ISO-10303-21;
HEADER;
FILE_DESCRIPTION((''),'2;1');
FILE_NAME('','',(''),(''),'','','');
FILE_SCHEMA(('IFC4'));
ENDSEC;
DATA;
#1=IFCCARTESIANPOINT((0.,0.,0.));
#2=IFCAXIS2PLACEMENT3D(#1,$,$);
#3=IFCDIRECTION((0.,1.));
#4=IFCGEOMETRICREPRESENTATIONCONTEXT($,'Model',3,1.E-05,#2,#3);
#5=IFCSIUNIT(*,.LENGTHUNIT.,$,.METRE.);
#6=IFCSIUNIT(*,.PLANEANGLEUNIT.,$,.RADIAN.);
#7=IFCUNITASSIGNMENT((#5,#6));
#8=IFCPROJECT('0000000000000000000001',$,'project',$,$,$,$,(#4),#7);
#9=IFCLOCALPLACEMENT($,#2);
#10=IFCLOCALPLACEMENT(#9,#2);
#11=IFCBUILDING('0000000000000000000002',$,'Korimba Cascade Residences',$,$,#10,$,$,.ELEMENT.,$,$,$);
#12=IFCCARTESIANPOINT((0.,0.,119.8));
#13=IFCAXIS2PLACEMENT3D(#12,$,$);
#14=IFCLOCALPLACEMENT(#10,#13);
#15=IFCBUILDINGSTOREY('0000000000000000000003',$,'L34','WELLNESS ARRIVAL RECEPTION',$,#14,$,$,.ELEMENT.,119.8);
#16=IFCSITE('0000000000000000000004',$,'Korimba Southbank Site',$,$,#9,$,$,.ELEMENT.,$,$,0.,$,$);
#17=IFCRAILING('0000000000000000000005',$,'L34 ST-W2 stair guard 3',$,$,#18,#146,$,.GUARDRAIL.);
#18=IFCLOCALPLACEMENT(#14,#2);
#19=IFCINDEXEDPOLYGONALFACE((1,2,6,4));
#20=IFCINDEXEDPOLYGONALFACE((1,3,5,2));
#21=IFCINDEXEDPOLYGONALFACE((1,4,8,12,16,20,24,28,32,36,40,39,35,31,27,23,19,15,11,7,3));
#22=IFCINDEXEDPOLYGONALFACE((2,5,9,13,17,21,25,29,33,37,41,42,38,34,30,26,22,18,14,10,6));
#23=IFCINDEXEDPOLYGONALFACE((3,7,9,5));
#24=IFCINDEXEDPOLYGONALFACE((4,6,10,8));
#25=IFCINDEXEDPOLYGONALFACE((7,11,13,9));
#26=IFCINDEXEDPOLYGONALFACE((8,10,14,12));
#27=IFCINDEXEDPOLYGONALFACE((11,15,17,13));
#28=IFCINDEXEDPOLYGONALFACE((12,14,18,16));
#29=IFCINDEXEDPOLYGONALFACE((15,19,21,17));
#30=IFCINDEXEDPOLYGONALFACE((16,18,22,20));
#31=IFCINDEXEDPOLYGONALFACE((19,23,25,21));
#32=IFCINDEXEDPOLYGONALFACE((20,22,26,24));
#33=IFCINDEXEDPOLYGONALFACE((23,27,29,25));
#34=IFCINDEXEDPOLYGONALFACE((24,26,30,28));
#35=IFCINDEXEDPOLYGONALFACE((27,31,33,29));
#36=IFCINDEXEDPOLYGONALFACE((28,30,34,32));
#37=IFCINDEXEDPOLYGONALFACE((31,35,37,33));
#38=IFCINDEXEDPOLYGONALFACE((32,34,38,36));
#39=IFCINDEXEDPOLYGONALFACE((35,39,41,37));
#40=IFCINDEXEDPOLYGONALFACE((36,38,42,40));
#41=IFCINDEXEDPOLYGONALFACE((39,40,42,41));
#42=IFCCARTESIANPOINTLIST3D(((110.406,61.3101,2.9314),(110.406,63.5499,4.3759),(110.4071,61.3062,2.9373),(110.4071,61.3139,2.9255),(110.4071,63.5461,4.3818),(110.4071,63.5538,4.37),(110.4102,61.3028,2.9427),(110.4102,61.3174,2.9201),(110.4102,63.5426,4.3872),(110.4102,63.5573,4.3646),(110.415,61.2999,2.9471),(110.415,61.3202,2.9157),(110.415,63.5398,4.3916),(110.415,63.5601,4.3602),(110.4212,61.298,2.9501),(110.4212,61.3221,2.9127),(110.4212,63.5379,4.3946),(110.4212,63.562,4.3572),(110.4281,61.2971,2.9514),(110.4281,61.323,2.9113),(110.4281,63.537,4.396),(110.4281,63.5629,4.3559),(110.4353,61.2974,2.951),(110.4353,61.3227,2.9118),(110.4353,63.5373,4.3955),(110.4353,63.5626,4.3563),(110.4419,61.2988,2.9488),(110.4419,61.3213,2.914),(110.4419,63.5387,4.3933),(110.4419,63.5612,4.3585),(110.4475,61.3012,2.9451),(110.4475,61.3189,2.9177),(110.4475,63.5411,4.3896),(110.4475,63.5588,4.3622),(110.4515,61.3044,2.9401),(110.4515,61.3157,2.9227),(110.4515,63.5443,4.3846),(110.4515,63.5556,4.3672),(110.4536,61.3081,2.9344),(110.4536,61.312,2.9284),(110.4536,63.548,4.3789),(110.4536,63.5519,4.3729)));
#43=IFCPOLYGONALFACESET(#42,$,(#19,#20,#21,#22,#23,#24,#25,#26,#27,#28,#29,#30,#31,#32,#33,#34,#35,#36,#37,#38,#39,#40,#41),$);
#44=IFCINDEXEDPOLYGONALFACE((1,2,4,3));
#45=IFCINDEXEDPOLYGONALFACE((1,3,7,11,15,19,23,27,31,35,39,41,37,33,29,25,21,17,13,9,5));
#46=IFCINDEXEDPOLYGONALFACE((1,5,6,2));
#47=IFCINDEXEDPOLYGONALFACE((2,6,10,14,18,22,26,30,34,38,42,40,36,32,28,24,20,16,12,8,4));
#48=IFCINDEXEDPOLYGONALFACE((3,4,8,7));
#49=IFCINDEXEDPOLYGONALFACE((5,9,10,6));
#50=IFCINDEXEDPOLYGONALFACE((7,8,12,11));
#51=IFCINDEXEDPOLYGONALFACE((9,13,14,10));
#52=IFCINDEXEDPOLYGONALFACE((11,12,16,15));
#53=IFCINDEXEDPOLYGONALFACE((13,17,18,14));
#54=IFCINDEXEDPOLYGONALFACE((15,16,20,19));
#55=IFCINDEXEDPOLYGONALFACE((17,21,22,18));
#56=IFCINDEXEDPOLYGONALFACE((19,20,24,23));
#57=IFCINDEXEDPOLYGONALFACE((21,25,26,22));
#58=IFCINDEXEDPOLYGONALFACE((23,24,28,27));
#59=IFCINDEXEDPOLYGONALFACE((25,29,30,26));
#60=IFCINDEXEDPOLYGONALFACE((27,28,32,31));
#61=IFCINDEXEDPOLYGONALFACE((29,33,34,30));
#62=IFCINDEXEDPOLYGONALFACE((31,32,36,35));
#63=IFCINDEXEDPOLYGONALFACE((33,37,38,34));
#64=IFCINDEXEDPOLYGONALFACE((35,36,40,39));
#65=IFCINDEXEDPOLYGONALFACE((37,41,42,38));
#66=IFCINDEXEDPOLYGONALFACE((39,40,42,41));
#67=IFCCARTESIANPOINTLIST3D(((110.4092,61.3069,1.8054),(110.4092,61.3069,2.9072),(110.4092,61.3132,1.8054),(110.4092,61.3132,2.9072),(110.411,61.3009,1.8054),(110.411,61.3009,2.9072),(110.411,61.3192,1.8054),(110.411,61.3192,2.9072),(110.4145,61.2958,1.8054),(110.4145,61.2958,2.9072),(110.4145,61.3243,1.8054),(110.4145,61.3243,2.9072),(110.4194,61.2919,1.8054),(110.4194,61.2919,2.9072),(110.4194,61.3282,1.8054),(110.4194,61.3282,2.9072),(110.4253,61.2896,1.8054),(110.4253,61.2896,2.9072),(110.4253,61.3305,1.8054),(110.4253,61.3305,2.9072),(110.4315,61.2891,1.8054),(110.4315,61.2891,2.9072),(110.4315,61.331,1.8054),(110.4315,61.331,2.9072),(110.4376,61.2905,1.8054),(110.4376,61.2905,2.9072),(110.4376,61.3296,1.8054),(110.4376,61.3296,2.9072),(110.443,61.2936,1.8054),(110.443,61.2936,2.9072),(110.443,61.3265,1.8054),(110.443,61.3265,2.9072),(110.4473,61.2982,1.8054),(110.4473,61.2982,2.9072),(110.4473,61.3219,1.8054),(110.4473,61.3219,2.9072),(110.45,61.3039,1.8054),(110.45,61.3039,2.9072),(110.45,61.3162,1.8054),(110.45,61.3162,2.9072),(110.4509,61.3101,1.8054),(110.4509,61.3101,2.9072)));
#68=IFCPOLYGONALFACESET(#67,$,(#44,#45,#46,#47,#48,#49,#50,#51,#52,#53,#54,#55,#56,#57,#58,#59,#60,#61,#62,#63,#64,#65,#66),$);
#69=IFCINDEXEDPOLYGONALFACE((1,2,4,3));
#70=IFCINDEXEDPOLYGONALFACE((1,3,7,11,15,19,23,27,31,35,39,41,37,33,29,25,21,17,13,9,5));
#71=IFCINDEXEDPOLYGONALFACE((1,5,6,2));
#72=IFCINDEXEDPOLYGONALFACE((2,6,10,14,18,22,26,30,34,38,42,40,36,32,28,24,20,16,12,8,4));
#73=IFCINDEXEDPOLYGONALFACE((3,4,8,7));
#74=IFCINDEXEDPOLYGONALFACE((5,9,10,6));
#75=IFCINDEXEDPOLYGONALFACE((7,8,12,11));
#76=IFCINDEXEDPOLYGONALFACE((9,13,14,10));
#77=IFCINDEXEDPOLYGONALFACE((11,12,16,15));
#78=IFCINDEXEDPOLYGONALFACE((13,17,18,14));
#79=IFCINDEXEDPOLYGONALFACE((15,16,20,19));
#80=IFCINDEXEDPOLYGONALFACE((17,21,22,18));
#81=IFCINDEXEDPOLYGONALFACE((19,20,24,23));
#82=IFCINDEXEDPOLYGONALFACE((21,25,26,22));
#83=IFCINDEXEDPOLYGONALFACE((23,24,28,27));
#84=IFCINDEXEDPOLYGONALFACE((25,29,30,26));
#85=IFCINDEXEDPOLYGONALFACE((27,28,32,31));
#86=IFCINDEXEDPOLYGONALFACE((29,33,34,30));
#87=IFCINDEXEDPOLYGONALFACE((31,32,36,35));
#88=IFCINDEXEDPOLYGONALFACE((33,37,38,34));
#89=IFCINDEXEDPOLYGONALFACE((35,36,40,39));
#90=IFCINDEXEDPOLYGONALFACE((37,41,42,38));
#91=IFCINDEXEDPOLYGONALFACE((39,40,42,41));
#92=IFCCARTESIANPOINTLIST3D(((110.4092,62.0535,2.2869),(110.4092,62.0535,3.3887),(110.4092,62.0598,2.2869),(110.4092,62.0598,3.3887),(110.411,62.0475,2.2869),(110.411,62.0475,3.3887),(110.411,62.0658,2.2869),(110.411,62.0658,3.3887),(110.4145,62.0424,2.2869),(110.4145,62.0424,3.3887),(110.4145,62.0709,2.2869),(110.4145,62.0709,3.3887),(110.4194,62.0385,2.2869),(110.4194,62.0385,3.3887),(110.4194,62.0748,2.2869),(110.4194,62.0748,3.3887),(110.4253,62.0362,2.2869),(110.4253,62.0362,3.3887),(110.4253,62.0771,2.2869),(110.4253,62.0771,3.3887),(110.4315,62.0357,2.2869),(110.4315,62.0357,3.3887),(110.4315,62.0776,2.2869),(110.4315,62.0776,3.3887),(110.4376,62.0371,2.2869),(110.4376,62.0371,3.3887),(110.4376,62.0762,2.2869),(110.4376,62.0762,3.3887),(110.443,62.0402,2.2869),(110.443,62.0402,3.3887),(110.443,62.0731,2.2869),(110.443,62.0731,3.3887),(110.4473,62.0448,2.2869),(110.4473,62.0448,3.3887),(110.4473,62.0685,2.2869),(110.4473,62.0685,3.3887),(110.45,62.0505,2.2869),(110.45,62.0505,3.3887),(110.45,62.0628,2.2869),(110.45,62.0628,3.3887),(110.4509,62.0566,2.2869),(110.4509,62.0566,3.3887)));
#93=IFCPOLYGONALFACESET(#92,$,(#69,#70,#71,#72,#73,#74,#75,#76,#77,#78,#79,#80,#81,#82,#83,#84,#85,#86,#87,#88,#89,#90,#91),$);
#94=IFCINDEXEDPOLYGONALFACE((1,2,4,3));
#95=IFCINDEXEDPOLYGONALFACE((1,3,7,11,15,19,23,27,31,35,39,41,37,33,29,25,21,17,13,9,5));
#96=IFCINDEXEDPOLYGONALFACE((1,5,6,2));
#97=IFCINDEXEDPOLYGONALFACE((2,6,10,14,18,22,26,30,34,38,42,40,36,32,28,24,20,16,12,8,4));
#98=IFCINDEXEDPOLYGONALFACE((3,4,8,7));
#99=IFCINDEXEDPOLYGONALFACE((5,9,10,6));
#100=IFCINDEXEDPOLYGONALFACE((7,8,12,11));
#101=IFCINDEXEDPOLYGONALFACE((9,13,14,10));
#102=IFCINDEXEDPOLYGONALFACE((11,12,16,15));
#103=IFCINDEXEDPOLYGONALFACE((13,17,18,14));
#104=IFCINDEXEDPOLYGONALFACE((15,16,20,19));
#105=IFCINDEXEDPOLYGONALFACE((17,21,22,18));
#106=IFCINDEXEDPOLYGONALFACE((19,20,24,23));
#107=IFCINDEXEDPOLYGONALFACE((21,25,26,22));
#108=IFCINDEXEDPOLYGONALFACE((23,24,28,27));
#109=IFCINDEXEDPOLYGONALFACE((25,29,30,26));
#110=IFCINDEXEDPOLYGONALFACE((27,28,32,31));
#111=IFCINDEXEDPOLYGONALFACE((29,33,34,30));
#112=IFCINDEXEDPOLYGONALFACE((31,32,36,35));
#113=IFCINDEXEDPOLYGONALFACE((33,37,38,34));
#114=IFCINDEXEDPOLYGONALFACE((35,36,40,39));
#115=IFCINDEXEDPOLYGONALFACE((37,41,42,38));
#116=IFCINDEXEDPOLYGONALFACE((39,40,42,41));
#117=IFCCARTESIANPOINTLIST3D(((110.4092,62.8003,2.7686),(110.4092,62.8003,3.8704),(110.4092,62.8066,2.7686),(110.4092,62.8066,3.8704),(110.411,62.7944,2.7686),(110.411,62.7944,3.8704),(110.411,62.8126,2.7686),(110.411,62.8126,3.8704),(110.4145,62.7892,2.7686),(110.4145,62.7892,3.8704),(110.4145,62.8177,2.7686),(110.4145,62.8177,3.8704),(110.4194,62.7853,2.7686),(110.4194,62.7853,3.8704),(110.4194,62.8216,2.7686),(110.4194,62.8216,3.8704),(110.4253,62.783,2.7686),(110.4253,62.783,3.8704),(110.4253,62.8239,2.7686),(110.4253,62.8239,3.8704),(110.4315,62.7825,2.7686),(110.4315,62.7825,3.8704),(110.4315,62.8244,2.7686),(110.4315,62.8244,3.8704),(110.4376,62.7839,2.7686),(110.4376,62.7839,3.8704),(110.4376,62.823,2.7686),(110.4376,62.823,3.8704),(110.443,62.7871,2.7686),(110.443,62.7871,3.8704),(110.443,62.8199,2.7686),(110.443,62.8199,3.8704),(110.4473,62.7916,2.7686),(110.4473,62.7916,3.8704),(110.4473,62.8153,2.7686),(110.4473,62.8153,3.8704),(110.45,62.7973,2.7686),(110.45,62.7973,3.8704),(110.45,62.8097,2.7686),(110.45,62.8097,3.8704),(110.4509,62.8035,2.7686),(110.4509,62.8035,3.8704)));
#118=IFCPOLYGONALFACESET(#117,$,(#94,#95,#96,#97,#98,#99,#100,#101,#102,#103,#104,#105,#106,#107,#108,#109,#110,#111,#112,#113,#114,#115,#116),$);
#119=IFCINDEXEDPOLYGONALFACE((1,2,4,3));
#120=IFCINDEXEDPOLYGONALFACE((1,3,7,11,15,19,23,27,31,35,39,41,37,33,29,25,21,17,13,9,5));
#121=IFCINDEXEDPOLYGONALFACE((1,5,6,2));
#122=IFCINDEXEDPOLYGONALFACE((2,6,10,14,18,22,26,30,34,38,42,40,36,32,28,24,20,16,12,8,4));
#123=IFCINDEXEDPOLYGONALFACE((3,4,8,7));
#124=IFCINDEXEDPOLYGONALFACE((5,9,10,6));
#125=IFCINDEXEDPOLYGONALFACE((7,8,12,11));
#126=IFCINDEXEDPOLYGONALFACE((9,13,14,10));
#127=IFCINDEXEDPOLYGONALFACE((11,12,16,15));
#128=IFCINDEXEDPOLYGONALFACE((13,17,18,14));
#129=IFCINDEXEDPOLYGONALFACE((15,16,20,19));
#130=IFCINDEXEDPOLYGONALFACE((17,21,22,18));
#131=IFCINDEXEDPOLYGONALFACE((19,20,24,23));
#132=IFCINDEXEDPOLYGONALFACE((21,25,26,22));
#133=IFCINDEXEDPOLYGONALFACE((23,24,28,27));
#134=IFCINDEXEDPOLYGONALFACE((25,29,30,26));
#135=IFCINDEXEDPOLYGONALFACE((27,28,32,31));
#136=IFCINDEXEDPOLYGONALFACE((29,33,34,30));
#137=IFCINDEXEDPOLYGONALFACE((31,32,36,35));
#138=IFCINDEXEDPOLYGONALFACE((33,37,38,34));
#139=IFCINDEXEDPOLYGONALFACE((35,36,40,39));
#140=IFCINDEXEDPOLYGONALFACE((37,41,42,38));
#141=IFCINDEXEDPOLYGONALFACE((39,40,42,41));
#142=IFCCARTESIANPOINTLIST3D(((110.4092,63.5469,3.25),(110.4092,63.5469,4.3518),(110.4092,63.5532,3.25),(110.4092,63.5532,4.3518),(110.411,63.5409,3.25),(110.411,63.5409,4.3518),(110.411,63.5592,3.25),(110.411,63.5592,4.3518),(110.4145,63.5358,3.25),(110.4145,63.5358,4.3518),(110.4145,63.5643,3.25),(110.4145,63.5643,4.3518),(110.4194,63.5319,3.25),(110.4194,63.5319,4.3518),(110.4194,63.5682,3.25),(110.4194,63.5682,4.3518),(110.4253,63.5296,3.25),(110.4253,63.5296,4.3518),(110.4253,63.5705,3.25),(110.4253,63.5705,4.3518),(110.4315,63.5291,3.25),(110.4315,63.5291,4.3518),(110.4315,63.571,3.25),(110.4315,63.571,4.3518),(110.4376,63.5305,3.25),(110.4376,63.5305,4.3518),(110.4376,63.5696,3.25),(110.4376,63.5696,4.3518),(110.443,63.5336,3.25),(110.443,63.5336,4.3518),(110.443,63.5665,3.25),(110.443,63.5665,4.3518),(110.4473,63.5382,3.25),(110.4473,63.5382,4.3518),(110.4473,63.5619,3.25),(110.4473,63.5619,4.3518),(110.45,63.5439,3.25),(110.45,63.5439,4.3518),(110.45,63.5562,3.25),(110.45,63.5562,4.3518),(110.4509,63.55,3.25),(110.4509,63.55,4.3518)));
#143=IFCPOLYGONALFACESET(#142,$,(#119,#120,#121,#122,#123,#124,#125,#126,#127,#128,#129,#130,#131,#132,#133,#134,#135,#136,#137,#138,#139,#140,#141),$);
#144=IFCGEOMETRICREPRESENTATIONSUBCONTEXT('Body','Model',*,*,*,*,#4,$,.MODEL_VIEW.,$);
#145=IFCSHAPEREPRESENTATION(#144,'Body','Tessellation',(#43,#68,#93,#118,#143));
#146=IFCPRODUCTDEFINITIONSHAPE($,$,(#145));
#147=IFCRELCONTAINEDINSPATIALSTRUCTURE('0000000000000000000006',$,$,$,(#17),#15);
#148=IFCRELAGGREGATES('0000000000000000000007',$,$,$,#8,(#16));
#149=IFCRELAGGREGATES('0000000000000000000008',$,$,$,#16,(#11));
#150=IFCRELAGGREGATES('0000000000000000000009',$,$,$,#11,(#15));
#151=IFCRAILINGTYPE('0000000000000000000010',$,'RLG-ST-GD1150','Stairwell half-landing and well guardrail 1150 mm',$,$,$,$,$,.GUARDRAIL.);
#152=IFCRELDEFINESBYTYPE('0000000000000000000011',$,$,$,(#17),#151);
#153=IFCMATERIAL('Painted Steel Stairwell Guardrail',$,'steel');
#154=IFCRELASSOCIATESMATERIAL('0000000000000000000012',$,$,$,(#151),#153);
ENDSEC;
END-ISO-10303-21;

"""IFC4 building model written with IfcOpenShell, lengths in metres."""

from ifc_helpers import new_model, si_unit, direction, frame, origin, origin_2d, place, context, subcontext, project, spatial, circle, extrude, material, type_object, element, save


model = new_model("IFC4")

# Units and contexts
model_context = context("Model", 3, precision=1e-05, world=origin(), true_north=direction((0.0, 1.0)))
body_context = subcontext(model_context, "Body", "Model", "MODEL_VIEW")
ifc_project = project(units=[si_unit("LENGTHUNIT", "METRE"), si_unit("PLANEANGLEUNIT", "RADIAN")], contexts=[model_context])

# Site, building, storey
site_placement = place(None, origin())
site = spatial("IfcSite", under=ifc_project, at=site_placement, Name="Korimba Southbank Site", CompositionType="ELEMENT", RefElevation=0.0)
building_placement = place(site_placement, origin())
building = spatial("IfcBuilding", under=site, at=building_placement, Name="Korimba Cascade Residences", CompositionType="ELEMENT")
storey_placement = place(building_placement, frame((0.0, 0.0, 119.8)))
storey = spatial("IfcBuildingStorey", under=building, at=storey_placement, Name="L34", Description="WELLNESS ARRIVAL RECEPTION", CompositionType="ELEMENT", Elevation=119.8)

# Railing
ifc_material_1 = material(Name="Painted Steel Stairwell Guardrail", Category="steel")
railing_type_1 = type_object("IfcRailingType", Name="RLG-ST-GD1150", Description="Stairwell half-landing and well guardrail 1150 mm", PredefinedType="GUARDRAIL", material=ifc_material_1)
railing_1_placement = place(storey_placement, frame((110.4299, 61.3101, 1.8054)))
element("IfcRailing", 1, at=railing_1_placement, inside=storey, type_object=railing_type_1, Name="L34 ST-W2 stair guard 3", PredefinedType="GUARDRAIL", context=body_context, shape_type="SweptSolid", body=[
    extrude(circle(Radius=0.0239, at=origin_2d()), frame((0.0, 0.0, 1.126), z_axis=(0.0, 0.840395, 0.541975), x_axis=(-1.0, 0.0, 0.0)), (0.0, 0.0, 1.0), 2.6653),
    extrude(circle(Radius=0.021, at=origin_2d()), origin(), (0.0, 0.0, 1.0), 1.1018),
    extrude(circle(Radius=0.021, at=origin_2d()), frame((0.0, 0.7466, 0.4814)), (0.0, 0.0, 1.0), 1.1018),
    extrude(circle(Radius=0.021, at=origin_2d()), frame((0.0, 1.4934, 0.9631)), (0.0, 0.0, 1.0), 1.1018),
    extrude(circle(Radius=0.021, at=origin_2d()), frame((0.0, 2.24, 1.4446)), (0.0, 0.0, 1.0), 1.1018),
])

save(model, "model.ifc")
